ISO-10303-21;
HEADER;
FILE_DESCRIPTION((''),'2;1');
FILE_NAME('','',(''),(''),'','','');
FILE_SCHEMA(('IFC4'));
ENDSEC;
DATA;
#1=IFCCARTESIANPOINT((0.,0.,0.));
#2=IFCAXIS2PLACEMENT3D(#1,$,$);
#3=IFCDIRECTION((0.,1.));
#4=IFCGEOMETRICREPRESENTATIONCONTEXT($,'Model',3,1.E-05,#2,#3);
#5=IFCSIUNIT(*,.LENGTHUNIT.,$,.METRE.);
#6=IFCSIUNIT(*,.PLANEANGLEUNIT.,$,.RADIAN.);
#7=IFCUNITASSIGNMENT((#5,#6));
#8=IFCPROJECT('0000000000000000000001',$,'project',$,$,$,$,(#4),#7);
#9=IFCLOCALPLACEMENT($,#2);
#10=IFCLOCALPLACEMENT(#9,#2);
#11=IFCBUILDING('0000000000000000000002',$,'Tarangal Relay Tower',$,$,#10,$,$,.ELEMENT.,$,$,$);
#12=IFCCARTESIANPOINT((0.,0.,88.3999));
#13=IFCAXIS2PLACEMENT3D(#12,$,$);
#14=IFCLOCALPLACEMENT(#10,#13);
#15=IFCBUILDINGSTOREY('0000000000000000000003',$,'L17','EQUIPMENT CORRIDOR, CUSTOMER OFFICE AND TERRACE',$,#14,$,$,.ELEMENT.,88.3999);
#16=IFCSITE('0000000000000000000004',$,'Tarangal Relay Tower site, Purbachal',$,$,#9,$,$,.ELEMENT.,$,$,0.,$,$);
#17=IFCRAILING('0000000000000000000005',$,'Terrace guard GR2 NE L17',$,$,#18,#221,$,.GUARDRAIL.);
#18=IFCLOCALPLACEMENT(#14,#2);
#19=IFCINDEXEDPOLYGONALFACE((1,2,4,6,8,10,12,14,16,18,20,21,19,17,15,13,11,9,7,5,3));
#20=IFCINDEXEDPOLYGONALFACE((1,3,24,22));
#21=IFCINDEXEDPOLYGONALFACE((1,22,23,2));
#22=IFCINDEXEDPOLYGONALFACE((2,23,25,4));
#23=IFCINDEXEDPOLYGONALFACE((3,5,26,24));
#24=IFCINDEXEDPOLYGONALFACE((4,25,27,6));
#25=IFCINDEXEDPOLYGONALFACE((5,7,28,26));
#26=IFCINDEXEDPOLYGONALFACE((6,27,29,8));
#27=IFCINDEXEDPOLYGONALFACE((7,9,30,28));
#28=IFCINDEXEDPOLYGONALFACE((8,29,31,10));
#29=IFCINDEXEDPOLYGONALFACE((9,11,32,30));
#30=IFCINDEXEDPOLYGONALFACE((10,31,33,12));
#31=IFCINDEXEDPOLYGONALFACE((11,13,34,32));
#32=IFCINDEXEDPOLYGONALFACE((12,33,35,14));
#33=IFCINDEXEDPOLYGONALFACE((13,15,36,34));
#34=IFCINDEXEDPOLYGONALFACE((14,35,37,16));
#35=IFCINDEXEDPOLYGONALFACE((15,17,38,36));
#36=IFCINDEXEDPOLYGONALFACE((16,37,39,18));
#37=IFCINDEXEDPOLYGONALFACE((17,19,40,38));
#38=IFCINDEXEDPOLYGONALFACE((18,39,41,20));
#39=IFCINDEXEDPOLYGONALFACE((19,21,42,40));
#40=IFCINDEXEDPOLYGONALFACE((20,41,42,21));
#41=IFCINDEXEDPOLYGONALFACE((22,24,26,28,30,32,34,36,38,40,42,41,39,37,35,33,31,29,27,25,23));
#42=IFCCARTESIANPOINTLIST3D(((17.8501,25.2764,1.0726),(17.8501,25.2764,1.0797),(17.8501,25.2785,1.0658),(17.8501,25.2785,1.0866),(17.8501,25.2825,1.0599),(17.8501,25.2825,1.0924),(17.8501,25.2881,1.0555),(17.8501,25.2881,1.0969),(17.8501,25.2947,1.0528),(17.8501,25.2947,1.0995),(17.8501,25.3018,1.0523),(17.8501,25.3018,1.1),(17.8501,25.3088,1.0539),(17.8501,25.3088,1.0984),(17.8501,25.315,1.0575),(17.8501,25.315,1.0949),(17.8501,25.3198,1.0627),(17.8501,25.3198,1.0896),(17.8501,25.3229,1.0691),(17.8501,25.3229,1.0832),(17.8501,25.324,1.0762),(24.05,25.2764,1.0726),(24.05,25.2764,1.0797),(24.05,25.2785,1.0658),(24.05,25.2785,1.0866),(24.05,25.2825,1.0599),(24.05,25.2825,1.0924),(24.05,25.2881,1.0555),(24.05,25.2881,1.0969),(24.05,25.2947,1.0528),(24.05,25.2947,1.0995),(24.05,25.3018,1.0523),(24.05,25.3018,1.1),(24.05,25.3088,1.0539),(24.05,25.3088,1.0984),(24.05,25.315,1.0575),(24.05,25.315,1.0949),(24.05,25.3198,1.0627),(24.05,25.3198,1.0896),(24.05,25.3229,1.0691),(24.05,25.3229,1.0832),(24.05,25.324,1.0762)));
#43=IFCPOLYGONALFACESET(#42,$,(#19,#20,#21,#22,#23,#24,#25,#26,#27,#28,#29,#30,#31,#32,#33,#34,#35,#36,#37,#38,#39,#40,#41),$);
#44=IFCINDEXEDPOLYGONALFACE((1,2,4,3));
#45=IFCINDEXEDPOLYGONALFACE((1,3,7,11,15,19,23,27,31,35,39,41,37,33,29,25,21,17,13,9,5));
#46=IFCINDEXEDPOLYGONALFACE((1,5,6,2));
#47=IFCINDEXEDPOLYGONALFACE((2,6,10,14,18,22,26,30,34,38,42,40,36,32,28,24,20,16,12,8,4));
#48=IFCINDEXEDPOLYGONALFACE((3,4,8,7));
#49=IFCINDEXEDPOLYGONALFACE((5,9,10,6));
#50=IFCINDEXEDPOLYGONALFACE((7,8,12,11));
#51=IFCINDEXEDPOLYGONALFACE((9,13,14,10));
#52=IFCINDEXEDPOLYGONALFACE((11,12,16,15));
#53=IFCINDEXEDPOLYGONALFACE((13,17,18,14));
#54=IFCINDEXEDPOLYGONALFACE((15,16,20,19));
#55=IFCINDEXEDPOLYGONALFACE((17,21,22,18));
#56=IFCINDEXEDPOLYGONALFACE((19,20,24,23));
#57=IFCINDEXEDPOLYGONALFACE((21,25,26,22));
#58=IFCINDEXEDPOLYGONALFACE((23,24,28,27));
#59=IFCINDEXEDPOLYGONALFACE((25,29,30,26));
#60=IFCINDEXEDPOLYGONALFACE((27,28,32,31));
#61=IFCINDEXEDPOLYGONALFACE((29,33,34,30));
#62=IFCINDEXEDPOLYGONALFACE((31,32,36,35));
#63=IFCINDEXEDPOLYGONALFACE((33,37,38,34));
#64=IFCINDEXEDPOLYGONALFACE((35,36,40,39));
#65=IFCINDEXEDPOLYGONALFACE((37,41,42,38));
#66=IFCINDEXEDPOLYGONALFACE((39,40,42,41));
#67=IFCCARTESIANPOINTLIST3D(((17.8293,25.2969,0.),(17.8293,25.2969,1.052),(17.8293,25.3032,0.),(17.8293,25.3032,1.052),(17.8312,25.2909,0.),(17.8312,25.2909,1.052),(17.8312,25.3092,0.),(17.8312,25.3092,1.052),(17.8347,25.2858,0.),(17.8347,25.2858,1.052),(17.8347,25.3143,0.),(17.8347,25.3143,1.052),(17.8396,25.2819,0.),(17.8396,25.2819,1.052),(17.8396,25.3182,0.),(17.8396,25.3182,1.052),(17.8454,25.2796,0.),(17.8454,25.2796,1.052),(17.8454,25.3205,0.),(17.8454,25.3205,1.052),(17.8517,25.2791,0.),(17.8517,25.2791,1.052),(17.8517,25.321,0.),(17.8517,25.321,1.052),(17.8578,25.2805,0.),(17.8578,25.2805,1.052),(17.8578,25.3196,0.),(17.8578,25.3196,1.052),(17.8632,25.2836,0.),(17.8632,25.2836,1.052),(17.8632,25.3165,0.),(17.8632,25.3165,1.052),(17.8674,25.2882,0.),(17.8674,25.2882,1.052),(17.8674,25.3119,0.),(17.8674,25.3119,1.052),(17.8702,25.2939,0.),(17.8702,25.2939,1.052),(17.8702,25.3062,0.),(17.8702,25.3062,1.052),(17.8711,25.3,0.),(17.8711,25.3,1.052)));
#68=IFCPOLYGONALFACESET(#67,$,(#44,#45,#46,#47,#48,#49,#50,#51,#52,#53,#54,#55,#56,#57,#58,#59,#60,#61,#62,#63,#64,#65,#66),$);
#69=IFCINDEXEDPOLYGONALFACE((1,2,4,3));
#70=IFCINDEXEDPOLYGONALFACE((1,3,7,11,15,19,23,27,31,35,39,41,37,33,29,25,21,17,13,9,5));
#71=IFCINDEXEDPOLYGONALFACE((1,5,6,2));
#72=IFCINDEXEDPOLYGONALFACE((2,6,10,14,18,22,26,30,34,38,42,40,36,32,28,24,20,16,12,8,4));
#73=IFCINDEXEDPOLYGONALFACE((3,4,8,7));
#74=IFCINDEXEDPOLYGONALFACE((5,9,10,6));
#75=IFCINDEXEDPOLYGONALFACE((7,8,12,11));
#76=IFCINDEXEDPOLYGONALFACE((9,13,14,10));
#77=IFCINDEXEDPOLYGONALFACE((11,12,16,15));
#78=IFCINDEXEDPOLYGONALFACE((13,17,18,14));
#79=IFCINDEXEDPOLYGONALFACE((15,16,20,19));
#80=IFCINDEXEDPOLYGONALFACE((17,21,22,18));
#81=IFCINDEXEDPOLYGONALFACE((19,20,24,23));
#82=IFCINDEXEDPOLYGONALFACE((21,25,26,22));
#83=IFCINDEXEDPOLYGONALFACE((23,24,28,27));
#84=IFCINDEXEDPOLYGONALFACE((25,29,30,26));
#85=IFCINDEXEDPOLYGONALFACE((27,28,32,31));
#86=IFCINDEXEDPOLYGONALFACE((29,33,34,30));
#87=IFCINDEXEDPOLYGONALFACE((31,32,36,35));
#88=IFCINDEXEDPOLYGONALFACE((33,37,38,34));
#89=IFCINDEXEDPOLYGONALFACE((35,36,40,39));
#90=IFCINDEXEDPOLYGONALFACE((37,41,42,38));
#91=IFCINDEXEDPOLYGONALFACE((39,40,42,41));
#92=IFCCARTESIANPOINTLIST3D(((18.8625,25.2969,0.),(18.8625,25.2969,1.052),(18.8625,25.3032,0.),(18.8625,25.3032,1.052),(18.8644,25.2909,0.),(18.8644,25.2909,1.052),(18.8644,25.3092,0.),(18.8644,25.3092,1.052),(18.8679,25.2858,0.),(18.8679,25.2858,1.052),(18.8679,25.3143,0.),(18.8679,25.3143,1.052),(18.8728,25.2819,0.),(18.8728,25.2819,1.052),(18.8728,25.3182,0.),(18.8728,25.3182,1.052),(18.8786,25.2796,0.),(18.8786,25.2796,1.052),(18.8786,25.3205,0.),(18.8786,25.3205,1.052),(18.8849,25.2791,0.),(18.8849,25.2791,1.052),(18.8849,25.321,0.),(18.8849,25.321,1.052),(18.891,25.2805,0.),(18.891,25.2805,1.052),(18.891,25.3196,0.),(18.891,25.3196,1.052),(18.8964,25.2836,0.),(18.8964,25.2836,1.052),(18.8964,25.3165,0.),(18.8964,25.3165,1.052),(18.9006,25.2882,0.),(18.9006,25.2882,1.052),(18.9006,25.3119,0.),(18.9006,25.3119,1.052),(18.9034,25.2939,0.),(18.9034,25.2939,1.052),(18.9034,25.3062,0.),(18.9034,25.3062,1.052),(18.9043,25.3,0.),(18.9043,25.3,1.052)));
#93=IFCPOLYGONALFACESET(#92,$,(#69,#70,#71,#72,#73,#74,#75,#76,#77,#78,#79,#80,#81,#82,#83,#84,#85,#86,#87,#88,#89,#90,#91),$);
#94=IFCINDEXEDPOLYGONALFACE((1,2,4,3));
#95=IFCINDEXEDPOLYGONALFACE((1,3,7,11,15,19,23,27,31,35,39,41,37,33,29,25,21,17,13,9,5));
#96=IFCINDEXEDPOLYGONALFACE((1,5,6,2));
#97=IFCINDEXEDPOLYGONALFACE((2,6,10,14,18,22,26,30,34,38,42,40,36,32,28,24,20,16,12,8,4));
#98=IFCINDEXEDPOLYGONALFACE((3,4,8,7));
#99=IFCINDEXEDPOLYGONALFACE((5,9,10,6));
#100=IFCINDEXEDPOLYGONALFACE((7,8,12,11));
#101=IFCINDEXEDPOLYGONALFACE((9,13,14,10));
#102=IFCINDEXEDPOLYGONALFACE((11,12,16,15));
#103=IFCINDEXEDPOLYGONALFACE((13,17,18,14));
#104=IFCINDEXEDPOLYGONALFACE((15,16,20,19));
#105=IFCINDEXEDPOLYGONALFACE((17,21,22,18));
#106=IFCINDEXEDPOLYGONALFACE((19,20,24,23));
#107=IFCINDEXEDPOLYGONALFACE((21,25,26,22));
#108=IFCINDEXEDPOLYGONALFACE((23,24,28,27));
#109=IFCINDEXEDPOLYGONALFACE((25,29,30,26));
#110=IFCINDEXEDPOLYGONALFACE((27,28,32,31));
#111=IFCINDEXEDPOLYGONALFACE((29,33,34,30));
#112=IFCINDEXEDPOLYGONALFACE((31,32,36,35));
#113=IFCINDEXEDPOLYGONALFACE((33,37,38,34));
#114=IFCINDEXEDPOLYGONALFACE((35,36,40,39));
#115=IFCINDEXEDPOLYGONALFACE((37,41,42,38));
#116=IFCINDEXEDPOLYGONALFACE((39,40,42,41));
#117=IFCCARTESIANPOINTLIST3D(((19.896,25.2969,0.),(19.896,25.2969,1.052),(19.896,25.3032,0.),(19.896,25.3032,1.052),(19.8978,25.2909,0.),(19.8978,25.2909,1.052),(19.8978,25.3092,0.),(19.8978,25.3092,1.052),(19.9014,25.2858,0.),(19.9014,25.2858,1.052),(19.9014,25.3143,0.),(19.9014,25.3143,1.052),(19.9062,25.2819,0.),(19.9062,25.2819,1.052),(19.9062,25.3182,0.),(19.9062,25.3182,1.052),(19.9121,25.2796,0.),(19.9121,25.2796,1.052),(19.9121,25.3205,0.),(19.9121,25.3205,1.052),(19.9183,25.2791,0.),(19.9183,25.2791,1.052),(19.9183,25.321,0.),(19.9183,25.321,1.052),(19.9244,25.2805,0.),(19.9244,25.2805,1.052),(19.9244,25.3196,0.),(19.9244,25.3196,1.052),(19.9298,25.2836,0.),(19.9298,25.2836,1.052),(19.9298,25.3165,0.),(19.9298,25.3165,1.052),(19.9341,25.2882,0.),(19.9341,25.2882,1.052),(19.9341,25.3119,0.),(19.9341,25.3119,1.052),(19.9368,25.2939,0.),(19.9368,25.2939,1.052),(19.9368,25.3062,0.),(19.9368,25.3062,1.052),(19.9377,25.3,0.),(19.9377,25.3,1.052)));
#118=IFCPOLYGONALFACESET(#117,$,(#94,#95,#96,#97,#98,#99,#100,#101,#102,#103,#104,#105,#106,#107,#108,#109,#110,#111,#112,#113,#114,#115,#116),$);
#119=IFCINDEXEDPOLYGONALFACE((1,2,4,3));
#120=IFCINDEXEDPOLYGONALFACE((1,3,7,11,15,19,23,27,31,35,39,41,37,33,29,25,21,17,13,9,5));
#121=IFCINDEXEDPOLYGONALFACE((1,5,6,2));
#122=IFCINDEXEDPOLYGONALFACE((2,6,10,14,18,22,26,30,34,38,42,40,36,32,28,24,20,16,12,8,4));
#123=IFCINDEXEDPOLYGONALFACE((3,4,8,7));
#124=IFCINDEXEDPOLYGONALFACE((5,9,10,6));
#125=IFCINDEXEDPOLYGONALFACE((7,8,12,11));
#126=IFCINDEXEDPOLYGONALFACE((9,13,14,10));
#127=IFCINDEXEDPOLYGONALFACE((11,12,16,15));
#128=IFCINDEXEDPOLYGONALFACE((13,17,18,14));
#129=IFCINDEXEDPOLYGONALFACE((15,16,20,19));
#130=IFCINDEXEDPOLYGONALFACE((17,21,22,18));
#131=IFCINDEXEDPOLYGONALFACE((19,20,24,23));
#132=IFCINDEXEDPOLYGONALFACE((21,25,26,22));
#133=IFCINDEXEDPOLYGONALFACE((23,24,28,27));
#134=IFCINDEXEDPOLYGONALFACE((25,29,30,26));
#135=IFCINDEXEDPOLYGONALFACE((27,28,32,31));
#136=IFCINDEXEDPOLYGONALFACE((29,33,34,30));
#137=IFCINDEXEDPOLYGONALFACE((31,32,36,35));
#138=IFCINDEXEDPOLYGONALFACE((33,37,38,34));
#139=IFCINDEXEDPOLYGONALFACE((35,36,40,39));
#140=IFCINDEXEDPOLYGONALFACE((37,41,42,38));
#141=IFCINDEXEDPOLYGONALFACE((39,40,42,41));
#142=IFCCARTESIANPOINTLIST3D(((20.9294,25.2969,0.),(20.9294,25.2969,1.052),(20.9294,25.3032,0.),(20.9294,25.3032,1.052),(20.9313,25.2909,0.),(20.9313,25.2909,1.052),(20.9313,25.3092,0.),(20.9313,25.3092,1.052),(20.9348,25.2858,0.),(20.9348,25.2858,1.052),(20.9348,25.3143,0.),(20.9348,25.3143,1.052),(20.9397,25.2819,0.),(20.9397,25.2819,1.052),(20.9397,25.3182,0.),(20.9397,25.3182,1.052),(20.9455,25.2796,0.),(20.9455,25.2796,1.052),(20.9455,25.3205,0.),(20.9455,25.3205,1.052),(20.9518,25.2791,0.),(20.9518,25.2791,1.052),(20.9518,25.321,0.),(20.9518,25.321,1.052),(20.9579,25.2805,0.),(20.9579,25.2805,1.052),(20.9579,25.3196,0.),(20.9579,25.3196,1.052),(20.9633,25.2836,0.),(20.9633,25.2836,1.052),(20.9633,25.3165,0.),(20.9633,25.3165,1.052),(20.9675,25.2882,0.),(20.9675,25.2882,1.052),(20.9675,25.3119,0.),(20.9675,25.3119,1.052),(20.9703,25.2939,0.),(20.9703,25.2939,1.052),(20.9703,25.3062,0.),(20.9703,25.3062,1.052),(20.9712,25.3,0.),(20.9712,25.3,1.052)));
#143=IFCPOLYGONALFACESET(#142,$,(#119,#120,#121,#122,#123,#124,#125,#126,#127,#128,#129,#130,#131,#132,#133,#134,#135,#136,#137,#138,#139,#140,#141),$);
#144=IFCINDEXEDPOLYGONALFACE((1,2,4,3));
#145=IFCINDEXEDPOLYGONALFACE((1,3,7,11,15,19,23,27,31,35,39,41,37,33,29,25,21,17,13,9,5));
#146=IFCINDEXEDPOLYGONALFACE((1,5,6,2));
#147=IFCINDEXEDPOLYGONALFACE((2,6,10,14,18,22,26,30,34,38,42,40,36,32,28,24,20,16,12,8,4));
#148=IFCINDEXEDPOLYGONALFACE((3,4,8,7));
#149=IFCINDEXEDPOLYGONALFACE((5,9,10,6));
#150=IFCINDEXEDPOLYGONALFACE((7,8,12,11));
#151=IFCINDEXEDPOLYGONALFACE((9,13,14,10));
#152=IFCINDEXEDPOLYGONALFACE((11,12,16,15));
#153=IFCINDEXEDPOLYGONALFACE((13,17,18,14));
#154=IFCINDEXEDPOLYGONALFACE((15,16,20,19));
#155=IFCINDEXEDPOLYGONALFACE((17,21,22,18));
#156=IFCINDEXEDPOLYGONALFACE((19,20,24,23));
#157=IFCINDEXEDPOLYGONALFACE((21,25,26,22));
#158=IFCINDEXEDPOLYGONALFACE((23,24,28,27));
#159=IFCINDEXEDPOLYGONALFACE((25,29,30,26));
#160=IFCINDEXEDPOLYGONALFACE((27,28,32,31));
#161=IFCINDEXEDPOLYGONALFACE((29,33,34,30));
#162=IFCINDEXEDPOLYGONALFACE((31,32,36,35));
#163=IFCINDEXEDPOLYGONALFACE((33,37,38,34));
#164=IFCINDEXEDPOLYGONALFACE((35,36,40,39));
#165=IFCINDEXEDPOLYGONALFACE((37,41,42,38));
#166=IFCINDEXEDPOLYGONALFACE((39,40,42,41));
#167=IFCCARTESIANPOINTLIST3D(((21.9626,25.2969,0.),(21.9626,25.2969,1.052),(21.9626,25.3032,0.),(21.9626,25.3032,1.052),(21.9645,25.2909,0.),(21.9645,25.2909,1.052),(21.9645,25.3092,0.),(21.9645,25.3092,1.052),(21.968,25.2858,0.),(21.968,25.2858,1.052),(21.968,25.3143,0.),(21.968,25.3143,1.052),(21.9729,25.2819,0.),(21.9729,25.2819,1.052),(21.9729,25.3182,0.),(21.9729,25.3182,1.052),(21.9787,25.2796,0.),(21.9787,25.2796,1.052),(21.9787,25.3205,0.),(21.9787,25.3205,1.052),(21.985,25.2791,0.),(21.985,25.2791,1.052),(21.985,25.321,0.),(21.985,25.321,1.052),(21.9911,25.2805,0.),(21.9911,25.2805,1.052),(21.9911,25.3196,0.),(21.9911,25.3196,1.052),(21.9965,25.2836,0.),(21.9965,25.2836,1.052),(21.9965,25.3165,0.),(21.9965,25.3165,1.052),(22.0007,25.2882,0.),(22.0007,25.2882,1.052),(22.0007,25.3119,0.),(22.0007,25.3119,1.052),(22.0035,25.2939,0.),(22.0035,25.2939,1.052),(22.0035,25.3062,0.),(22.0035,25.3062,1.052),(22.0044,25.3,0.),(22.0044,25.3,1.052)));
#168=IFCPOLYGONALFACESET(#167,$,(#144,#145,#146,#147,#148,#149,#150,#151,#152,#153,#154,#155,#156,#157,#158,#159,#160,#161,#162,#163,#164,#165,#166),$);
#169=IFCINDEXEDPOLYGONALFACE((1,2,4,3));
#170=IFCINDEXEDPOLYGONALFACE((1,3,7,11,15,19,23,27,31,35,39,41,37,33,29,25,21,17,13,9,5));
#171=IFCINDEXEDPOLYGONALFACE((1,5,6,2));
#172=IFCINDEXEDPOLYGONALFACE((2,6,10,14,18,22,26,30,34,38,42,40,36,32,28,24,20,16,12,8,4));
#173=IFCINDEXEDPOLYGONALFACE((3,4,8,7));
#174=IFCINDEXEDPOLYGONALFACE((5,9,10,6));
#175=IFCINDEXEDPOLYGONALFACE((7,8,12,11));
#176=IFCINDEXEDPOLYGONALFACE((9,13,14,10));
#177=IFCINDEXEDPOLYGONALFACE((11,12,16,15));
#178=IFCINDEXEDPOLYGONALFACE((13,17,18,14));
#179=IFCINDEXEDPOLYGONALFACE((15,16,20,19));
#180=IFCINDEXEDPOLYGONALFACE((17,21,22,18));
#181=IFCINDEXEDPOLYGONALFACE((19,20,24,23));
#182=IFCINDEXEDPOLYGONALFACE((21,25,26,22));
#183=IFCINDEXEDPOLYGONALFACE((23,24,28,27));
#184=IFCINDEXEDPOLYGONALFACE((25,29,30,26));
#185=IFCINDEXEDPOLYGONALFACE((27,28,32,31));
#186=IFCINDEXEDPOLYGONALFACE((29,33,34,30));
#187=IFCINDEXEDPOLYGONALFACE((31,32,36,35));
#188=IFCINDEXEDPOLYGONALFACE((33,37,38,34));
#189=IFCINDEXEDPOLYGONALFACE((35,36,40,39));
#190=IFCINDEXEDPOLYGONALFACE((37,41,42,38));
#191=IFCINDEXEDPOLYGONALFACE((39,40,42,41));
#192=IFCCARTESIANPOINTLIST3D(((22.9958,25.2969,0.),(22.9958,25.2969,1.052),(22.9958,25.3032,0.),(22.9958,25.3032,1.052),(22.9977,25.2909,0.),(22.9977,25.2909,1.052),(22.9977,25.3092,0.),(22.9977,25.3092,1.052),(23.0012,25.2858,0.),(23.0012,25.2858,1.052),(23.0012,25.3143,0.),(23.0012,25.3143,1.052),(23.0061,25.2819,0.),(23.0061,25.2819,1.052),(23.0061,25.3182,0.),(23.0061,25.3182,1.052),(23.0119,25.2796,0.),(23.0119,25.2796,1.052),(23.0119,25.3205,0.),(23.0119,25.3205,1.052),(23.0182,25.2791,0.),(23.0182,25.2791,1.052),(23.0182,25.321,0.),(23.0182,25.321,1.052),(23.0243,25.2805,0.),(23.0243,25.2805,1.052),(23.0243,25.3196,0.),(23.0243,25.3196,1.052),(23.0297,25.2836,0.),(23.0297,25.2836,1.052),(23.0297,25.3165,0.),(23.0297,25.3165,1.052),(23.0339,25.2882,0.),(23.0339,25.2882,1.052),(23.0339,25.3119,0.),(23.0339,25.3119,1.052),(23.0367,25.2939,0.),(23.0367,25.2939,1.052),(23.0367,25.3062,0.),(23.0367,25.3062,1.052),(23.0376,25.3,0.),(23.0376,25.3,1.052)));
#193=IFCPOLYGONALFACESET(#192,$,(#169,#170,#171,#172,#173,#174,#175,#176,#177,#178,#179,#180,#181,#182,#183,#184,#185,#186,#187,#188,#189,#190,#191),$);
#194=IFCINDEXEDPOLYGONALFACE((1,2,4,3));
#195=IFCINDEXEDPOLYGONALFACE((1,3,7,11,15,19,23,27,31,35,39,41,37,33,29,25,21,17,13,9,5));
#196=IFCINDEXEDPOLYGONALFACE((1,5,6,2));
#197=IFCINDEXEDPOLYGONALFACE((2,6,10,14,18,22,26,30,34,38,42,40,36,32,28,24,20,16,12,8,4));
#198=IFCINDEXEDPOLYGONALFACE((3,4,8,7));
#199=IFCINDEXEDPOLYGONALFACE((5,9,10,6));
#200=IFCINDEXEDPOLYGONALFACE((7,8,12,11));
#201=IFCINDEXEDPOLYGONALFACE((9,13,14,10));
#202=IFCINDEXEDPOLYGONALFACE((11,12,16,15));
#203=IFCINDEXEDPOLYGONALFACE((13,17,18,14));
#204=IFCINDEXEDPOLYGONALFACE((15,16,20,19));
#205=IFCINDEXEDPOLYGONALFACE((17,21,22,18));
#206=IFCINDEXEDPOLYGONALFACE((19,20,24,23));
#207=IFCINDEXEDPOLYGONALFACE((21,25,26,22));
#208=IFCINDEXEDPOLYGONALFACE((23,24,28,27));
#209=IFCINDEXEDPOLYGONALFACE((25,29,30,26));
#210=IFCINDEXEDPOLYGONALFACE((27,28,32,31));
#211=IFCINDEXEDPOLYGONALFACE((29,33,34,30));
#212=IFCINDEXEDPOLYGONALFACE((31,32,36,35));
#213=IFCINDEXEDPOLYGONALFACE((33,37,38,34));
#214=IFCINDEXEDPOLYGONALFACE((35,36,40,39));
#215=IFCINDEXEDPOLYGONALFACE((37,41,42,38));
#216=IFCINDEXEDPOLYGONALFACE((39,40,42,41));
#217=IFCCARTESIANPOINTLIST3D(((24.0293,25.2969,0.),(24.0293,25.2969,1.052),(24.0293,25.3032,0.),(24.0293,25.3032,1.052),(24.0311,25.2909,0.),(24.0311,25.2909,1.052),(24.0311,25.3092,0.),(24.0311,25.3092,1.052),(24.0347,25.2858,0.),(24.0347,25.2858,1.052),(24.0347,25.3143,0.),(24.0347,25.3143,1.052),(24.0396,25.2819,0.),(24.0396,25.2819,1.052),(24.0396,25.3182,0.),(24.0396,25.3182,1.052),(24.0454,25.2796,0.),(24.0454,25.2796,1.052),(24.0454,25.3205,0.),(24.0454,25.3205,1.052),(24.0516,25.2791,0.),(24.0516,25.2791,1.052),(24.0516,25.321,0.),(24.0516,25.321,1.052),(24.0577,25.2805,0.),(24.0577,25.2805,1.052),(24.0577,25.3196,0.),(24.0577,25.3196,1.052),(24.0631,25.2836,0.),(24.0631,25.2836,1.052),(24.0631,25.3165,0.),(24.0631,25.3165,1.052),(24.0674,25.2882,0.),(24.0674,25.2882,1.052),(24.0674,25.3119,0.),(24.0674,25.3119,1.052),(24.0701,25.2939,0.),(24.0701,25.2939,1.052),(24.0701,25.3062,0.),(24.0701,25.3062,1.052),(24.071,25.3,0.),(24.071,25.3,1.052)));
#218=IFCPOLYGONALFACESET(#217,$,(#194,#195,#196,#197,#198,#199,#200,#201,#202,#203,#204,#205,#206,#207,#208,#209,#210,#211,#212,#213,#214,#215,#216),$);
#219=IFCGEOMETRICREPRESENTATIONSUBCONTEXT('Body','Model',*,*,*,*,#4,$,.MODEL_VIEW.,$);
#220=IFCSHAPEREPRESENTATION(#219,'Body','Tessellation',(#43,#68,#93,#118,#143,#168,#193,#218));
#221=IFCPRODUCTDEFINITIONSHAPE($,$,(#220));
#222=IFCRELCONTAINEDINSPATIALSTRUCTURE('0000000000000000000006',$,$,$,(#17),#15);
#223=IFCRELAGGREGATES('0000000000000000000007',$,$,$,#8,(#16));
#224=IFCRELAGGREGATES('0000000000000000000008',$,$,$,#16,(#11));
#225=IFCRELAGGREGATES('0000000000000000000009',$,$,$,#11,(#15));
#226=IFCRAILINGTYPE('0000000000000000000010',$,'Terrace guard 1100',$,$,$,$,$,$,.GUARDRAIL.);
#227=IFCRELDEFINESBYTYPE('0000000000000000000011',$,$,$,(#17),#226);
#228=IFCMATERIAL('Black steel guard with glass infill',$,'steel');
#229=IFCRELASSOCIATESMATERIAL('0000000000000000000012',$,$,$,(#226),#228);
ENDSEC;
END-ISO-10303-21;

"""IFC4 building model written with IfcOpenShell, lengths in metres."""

from ifc_helpers import new_model, si_unit, direction, frame, origin, origin_2d, place, context, subcontext, project, spatial, circle, extrude, material, type_object, element, save


model = new_model("IFC4")

# Units and contexts
model_context = context("Model", 3, precision=1e-05, world=origin(), true_north=direction((0.0, 1.0)))
body_context = subcontext(model_context, "Body", "Model", "MODEL_VIEW")
ifc_project = project(units=[si_unit("LENGTHUNIT", "METRE"), si_unit("PLANEANGLEUNIT", "RADIAN")], contexts=[model_context])

# Site, building, storey
site_placement = place(None, origin())
site = spatial("IfcSite", under=ifc_project, at=site_placement, Name="Tarangal Relay Tower site, Purbachal", CompositionType="ELEMENT", RefElevation=0.0)
building_placement = place(site_placement, origin())
building = spatial("IfcBuilding", under=site, at=building_placement, Name="Tarangal Relay Tower", CompositionType="ELEMENT")
storey_placement = place(building_placement, frame((0.0, 0.0, 88.3999)))
storey = spatial("IfcBuildingStorey", under=building, at=storey_placement, Name="L17", Description="EQUIPMENT CORRIDOR, CUSTOMER OFFICE AND TERRACE", CompositionType="ELEMENT", Elevation=88.3999)

# Railing
ifc_material_1 = material(Name="Black steel guard with glass infill", Category="steel")
railing_type_1 = type_object("IfcRailingType", Name="Terrace guard 1100", PredefinedType="GUARDRAIL", material=ifc_material_1)
railing_1_placement = place(storey_placement, frame((17.8501, 25.3, 0.0)))
element("IfcRailing", 1, at=railing_1_placement, inside=storey, type_object=railing_type_1, Name="Terrace guard GR2 NE L17", PredefinedType="GUARDRAIL", context=body_context, shape_type="SweptSolid", body=[
    extrude(circle(Radius=0.0239, at=origin_2d()), frame((0.0, 0.0, 1.0762), z_axis=(1.0, 0.0, 0.0), x_axis=(0.0, 1.0, 0.0)), (0.0, 0.0, 1.0), 6.2),
    extrude(circle(Radius=0.021, at=origin_2d()), origin(), (0.0, 0.0, 1.0), 1.052),
    extrude(circle(Radius=0.021, at=origin_2d()), frame((1.0332, 0.0, 0.0)), (0.0, 0.0, 1.0), 1.052),
    extrude(circle(Radius=0.021, at=origin_2d()), frame((2.0667, 0.0, 0.0)), (0.0, 0.0, 1.0), 1.052),
    extrude(circle(Radius=0.021, at=origin_2d()), frame((3.1001, 0.0, 0.0)), (0.0, 0.0, 1.0), 1.052),
    extrude(circle(Radius=0.021, at=origin_2d()), frame((4.1333, 0.0, 0.0)), (0.0, 0.0, 1.0), 1.052),
    extrude(circle(Radius=0.021, at=origin_2d()), frame((5.1665, 0.0, 0.0)), (0.0, 0.0, 1.0), 1.052),
    extrude(circle(Radius=0.021, at=origin_2d()), frame((6.2, 0.0, 0.0)), (0.0, 0.0, 1.0), 1.052),
])

save(model, "model.ifc")
